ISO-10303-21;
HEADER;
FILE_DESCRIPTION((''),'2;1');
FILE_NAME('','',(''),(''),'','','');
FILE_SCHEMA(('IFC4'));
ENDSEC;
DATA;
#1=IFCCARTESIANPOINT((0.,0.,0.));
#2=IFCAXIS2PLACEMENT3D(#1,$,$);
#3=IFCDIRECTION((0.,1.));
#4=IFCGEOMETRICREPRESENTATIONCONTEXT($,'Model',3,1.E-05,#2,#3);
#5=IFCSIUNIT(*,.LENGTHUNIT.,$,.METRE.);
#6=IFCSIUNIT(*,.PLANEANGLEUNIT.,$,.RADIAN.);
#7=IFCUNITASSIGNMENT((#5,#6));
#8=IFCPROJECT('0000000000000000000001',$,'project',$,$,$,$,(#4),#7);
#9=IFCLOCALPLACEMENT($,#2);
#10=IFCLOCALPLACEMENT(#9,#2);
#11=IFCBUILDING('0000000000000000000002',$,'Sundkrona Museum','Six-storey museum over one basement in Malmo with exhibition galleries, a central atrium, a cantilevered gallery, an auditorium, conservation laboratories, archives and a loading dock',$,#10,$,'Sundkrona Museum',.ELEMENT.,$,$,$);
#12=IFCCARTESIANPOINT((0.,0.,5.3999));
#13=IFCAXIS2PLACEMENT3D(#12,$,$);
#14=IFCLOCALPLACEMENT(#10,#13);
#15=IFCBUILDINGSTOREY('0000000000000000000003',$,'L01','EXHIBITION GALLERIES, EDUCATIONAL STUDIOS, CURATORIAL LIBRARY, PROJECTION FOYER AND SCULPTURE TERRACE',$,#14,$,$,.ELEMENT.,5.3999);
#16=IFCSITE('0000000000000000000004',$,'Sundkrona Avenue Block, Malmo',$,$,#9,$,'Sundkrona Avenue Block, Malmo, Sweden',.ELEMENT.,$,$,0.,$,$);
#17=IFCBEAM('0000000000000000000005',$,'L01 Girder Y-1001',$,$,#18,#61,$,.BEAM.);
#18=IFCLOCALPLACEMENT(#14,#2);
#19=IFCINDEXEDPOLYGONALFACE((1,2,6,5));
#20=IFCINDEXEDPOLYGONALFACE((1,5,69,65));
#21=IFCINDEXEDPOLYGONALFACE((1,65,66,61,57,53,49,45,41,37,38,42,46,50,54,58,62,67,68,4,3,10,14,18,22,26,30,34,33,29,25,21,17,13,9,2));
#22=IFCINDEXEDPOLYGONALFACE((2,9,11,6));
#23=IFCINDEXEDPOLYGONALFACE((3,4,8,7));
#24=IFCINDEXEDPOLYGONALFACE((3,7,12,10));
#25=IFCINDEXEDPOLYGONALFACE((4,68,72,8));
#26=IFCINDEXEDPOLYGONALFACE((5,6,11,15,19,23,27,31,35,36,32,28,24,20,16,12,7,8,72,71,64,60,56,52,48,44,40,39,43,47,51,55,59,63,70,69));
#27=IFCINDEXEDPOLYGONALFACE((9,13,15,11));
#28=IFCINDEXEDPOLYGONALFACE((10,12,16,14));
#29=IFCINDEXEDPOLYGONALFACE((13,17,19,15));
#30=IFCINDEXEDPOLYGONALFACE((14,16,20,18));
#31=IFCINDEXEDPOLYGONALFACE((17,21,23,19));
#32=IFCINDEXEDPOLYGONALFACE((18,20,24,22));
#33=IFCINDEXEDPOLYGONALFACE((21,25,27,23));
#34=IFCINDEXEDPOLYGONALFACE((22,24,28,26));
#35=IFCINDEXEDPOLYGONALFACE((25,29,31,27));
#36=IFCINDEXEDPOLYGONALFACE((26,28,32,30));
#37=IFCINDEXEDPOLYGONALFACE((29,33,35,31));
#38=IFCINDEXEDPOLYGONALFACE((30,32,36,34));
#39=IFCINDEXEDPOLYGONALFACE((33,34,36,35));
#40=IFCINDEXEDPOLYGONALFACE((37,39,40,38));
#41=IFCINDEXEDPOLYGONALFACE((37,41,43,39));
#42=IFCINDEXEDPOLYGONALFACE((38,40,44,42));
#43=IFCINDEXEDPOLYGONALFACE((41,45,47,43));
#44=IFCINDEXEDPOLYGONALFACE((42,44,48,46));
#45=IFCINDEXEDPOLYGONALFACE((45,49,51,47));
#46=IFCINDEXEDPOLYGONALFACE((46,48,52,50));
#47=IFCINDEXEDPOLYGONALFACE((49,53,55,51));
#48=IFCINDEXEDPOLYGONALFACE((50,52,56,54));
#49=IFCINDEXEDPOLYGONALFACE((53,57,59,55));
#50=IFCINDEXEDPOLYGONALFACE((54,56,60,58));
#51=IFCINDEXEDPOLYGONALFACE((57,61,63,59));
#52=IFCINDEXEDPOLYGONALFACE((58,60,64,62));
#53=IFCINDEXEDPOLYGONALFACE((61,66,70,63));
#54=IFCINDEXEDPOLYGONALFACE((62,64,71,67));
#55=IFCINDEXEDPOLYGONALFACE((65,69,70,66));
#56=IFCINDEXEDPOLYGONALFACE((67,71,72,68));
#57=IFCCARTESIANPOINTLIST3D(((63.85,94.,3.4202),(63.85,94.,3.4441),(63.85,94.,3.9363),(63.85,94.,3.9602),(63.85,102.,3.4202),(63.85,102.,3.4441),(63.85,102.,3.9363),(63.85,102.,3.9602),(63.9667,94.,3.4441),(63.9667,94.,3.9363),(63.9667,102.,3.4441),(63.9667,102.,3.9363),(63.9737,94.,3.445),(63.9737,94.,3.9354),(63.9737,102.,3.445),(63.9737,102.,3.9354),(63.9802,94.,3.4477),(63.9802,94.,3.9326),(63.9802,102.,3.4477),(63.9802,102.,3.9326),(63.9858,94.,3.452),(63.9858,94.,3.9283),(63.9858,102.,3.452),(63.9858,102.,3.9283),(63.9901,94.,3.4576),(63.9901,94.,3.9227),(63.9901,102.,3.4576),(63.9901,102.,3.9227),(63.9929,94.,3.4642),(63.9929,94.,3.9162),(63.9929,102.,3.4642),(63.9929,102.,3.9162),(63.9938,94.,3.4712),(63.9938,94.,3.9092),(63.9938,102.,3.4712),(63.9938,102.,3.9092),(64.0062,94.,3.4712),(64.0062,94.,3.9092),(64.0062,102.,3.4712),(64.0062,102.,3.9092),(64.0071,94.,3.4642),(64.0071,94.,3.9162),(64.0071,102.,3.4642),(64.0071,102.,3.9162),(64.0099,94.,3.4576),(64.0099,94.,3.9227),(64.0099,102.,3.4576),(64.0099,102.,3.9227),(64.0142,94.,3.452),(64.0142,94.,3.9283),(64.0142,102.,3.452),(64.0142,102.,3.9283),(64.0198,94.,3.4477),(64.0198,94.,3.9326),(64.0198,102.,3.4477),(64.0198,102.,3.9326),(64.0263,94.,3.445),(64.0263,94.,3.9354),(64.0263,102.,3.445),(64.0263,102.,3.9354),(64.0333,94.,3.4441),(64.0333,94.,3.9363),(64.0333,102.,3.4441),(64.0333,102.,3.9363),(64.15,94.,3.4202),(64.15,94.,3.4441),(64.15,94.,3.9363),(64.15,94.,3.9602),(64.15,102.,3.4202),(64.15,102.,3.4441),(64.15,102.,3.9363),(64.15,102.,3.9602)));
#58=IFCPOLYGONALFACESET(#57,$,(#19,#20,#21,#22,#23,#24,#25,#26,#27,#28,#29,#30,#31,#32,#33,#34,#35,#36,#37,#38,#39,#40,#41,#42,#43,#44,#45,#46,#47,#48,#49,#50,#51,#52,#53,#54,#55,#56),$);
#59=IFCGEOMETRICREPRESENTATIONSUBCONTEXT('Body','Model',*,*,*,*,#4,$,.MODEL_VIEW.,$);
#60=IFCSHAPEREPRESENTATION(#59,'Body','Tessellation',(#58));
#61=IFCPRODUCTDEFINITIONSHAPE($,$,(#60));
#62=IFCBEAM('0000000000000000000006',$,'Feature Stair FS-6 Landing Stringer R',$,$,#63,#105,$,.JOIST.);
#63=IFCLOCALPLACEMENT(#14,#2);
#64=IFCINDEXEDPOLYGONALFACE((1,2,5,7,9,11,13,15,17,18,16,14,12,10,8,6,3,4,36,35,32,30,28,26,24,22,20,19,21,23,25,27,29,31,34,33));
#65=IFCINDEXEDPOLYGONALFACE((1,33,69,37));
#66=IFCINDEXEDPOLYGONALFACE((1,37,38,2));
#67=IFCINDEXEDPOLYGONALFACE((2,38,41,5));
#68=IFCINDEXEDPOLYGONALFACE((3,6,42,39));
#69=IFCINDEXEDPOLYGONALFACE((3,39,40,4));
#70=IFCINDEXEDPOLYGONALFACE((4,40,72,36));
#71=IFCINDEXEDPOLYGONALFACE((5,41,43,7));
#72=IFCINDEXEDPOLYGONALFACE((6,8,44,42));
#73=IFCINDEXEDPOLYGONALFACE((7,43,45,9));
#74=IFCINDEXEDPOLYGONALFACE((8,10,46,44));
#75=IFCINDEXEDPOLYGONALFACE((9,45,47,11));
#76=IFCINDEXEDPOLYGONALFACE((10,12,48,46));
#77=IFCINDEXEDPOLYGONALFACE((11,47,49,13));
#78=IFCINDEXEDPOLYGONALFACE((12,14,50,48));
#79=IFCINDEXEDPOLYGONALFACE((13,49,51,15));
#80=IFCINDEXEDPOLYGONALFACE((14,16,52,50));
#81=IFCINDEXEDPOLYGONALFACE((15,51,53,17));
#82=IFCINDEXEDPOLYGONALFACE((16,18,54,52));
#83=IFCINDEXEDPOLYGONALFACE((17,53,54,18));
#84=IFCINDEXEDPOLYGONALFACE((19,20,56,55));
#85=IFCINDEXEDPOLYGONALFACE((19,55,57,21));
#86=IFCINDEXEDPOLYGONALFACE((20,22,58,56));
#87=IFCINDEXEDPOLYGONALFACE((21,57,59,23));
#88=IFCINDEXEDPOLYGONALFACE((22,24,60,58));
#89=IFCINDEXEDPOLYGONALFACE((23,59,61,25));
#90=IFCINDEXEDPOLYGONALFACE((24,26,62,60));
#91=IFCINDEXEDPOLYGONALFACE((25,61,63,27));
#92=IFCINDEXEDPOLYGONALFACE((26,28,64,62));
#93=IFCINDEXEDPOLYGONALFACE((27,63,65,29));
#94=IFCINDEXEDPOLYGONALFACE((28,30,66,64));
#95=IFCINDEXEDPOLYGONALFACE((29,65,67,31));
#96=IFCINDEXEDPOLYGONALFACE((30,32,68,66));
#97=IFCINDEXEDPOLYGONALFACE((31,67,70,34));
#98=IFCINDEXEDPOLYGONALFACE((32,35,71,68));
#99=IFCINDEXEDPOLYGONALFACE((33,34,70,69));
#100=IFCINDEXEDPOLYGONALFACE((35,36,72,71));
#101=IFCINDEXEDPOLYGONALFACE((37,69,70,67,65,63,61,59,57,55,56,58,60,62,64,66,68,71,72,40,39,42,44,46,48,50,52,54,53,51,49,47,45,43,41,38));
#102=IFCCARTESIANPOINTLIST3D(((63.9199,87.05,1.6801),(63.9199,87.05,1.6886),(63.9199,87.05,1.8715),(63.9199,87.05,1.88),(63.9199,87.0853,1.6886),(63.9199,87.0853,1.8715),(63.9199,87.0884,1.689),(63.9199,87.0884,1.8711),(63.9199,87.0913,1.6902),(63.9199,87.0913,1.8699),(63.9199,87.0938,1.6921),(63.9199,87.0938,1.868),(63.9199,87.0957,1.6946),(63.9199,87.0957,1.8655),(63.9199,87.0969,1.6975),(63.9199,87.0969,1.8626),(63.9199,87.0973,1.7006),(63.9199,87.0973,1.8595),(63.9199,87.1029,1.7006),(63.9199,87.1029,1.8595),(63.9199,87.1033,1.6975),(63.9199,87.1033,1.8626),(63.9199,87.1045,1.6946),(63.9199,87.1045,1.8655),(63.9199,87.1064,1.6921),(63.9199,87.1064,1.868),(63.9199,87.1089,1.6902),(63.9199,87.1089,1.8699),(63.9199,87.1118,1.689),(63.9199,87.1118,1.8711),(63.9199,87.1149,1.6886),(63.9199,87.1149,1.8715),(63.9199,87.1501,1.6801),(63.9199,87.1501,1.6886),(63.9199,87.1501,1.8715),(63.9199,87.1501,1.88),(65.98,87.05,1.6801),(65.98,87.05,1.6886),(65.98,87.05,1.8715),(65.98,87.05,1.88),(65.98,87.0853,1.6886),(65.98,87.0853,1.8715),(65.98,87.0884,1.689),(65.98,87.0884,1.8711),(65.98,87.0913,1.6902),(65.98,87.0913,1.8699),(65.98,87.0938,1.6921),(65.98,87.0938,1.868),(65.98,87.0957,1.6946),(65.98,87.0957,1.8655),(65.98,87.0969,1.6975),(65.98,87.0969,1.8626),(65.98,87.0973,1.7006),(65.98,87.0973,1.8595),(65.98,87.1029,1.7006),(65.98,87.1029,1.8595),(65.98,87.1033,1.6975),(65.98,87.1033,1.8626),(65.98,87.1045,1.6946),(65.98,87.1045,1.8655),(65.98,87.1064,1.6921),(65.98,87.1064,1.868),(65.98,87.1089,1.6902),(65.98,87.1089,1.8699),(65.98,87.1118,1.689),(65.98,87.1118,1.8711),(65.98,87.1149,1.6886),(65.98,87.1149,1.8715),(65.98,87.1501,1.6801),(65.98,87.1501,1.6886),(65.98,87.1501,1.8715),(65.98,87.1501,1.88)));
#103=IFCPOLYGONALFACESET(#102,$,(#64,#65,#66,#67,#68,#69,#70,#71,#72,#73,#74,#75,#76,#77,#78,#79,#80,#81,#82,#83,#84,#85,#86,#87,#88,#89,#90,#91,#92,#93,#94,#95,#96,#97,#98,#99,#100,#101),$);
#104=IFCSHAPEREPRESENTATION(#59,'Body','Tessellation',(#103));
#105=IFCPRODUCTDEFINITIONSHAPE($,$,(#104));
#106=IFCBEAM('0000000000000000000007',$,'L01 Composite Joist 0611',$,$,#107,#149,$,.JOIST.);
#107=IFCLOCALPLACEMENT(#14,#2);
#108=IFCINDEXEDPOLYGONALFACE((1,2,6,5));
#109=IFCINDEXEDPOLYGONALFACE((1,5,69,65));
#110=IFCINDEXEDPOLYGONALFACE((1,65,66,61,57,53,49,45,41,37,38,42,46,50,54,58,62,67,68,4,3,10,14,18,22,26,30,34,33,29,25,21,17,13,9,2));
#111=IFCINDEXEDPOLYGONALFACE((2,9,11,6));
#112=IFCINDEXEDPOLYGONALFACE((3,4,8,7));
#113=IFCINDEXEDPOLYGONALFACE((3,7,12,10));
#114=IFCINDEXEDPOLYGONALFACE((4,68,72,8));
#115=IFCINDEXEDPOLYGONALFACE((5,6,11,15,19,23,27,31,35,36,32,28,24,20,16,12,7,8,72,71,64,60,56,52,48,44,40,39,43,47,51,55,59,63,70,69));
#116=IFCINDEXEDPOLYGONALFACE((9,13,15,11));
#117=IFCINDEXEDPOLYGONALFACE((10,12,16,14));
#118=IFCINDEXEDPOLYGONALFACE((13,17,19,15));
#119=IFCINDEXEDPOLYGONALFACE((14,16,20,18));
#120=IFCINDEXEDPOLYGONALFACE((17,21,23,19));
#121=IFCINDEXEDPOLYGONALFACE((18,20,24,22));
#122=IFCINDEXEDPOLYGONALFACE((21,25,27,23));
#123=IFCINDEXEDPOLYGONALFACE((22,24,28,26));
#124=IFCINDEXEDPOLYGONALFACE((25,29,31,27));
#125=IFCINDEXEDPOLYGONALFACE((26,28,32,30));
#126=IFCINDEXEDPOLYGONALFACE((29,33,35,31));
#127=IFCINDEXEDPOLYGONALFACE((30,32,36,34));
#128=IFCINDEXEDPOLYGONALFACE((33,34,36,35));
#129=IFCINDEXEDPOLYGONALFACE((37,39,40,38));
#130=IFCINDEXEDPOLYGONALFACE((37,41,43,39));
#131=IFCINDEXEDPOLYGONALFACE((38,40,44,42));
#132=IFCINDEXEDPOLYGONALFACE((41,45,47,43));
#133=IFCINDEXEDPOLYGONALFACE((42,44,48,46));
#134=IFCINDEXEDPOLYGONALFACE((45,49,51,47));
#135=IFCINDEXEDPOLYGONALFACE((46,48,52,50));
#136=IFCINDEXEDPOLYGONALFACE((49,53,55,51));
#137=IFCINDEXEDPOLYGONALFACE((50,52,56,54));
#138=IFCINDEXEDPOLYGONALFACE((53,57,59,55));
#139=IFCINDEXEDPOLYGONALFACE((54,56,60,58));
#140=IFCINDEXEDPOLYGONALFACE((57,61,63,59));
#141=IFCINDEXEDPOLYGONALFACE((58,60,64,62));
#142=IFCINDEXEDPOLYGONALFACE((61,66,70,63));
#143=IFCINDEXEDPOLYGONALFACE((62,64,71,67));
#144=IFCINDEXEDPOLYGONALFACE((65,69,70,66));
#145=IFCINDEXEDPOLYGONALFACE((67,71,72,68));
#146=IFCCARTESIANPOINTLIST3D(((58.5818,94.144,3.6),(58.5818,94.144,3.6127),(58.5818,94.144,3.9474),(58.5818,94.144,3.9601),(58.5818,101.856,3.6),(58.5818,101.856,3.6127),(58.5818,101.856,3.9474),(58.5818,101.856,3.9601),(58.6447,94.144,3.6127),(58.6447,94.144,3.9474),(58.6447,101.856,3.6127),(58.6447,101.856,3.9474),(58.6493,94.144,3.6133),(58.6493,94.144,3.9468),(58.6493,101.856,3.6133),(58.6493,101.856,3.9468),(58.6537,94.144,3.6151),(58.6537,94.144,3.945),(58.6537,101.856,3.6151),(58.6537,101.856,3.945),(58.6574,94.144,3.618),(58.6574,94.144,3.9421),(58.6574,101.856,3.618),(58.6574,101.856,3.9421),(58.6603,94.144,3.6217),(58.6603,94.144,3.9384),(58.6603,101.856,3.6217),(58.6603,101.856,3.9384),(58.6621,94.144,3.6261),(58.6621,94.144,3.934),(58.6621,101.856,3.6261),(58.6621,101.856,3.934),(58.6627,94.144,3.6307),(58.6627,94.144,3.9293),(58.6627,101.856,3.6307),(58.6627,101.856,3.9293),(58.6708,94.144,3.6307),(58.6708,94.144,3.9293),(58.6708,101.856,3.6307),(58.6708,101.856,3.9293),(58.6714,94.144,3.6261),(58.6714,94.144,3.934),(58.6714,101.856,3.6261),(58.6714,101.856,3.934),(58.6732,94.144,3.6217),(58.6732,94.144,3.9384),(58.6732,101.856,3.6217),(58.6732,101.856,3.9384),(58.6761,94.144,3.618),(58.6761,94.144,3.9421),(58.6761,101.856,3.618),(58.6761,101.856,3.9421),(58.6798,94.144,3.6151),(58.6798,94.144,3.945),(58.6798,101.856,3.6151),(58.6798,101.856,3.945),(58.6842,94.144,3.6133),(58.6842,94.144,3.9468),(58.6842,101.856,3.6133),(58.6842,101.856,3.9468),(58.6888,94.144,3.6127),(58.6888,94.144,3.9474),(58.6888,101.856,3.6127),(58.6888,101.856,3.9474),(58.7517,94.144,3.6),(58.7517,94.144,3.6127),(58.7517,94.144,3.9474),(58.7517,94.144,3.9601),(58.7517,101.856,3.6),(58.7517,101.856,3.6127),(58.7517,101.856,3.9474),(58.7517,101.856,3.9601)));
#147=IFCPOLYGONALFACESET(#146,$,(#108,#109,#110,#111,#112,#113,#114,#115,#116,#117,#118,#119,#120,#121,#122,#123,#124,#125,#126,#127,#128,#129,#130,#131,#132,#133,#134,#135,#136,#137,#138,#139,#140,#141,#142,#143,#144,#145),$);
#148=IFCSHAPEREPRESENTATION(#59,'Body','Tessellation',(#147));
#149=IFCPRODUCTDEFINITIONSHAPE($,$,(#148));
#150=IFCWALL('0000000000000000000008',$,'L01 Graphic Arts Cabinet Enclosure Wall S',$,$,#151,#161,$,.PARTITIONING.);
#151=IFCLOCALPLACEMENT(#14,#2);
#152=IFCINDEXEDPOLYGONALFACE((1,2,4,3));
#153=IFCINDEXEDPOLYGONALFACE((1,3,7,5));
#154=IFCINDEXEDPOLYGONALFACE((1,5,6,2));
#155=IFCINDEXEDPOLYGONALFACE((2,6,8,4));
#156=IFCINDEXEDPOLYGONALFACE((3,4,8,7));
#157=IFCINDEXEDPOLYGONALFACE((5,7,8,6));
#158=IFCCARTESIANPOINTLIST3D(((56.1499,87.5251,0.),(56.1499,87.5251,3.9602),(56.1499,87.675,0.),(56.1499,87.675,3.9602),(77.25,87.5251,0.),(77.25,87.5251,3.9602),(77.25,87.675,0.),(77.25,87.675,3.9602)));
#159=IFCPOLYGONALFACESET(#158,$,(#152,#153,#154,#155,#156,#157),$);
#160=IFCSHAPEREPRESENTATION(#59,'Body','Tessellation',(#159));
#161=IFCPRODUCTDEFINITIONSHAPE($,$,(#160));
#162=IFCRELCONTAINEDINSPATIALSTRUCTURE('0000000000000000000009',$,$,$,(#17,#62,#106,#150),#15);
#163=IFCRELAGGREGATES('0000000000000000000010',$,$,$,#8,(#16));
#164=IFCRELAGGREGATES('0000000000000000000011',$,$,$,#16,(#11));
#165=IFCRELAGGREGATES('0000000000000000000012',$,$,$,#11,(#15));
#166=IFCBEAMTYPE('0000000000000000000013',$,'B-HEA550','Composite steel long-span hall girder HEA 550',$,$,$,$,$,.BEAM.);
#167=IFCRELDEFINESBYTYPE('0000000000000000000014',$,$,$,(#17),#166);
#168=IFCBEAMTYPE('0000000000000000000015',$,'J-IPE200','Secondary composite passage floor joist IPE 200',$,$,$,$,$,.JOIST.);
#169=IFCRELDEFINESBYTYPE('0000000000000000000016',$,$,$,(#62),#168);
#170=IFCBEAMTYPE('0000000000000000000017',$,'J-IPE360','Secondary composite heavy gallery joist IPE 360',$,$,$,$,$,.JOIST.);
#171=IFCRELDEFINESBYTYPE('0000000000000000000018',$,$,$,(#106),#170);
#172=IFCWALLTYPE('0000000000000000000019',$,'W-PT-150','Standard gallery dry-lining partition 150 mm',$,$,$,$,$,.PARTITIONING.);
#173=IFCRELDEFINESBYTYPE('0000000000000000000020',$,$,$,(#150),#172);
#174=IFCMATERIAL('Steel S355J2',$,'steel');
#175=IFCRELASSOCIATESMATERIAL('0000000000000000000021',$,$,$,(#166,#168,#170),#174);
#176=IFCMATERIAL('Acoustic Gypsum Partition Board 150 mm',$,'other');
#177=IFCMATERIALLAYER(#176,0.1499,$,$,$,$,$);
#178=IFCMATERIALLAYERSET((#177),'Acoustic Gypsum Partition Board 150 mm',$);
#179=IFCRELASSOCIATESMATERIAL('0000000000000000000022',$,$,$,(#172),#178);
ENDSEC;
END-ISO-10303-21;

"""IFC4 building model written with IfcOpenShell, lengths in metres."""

from ifc_helpers import new_model, si_unit, direction, frame, frame_2d, origin, origin_2d, place, context, subcontext, project, spatial, rectangle, i_section, extrude, material, layer, layer_set, material_profile, profile_set, type_object, element, save


model = new_model("IFC4")

# Units and contexts
model_context = context("Model", 3, precision=1e-05, world=origin(), true_north=direction((0.0, 1.0)))
body_context = subcontext(model_context, "Body", "Model", "MODEL_VIEW")
ifc_project = project(units=[si_unit("LENGTHUNIT", "METRE"), si_unit("PLANEANGLEUNIT", "RADIAN")], contexts=[model_context])

# Site, building, storey
site_placement = place(None, origin())
site = spatial("IfcSite", under=ifc_project, at=site_placement, Name="Sundkrona Avenue Block, Malmo", LongName="Sundkrona Avenue Block, Malmo, Sweden", CompositionType="ELEMENT", RefElevation=0.0)
building_placement = place(site_placement, origin())
building = spatial("IfcBuilding", under=site, at=building_placement, Name="Sundkrona Museum", Description="Six-storey museum over one basement in Malmo with exhibition galleries, a central atrium, a cantilevered gallery, an auditorium, conservation laboratories, archives and a loading dock", LongName="Sundkrona Museum", CompositionType="ELEMENT")
storey_placement = place(building_placement, frame((0.0, 0.0, 5.3999)))
storey = spatial("IfcBuildingStorey", under=building, at=storey_placement, Name="L01", Description="EXHIBITION GALLERIES, EDUCATIONAL STUDIOS, CURATORIAL LIBRARY, PROJECTION FOYER AND SCULPTURE TERRACE", CompositionType="ELEMENT", Elevation=5.3999)

# Shared definitions
ifc_material_1 = material(Name="Steel S355J2", Category="steel")

# Beams
ifc_material_profile_1 = material_profile(ifc_material_1, i_section(OverallWidth=0.3, OverallDepth=0.54, WebThickness=0.0125, FlangeThickness=0.0239, FilletRadius=0.0271, at=origin_2d()), Name="HEA 550")
ifc_profile_set_1 = profile_set([ifc_material_profile_1], Name="Steel S355J2")
beam_type_1 = type_object("IfcBeamType", Name="B-HEA550", Description="Composite steel long-span hall girder HEA 550", PredefinedType="BEAM", material=ifc_profile_set_1)
for number, where, z_axis, x_axis, name in (
    (1, (64.0, 94.0, 3.6902), (0.0, 1.0, 0.0), (-1.0, 0.0, 0.0), "L01 Girder Y-1001"),
):
    element("IfcBeam", number, at=place(storey_placement, frame(where, z_axis=z_axis, x_axis=x_axis)), inside=storey, type_object=beam_type_1, Name=name, PredefinedType="BEAM", context=body_context, shape_type="SweptSolid", body=[
        extrude(i_section(OverallWidth=0.3, OverallDepth=0.54, WebThickness=0.0125, FlangeThickness=0.0239, FilletRadius=0.0271, at=origin_2d()), origin(), (0.0, 0.0, 1.0), 8.0),
    ])
ifc_material_profile_2 = material_profile(ifc_material_1, i_section(OverallWidth=0.1001, OverallDepth=0.2, WebThickness=0.0056, FlangeThickness=0.0085, FilletRadius=0.012, at=origin_2d()), Name="IPE 200")
ifc_profile_set_2 = profile_set([ifc_material_profile_2], Name="Steel S355J2")
beam_type_2 = type_object("IfcBeamType", Name="J-IPE200", Description="Secondary composite passage floor joist IPE 200", PredefinedType="JOIST", material=ifc_profile_set_2)
beam_1_placement = place(storey_placement, frame((63.9199, 87.1001, 1.78), z_axis=(1.0, 0.0, 0.0), x_axis=(0.0, 1.0, 0.0)))
element("IfcBeam", 2, at=beam_1_placement, inside=storey, type_object=beam_type_2, Name="Feature Stair FS-6 Landing Stringer R", PredefinedType="JOIST", context=body_context, shape_type="SweptSolid", body=[
    extrude(i_section(OverallWidth=0.1001, OverallDepth=0.2, WebThickness=0.0056, FlangeThickness=0.0085, FilletRadius=0.012, at=origin_2d()), origin(), (0.0, 0.0, 1.0), 2.0601),
])
ifc_material_profile_3 = material_profile(ifc_material_1, i_section(OverallWidth=0.1699, OverallDepth=0.3601, WebThickness=0.0081, FlangeThickness=0.0127, FilletRadius=0.0181, at=origin_2d()), Name="IPE 360")
ifc_profile_set_3 = profile_set([ifc_material_profile_3], Name="Steel S355J2")
beam_type_3 = type_object("IfcBeamType", Name="J-IPE360", Description="Secondary composite heavy gallery joist IPE 360", PredefinedType="JOIST", material=ifc_profile_set_3)
beam_2_placement = place(storey_placement, frame((58.6667, 94.144, 3.78), z_axis=(0.0, 1.0, 0.0), x_axis=(-1.0, 0.0, 0.0)))
element("IfcBeam", 3, at=beam_2_placement, inside=storey, type_object=beam_type_3, Name="L01 Composite Joist 0611", PredefinedType="JOIST", context=body_context, shape_type="SweptSolid", body=[
    extrude(i_section(OverallWidth=0.1699, OverallDepth=0.3601, WebThickness=0.0081, FlangeThickness=0.0127, FilletRadius=0.0181, at=origin_2d()), origin(), (0.0, 0.0, 1.0), 7.7119),
])

# Wall
ifc_material_2 = material(Name="Acoustic Gypsum Partition Board 150 mm", Category="other")
ifc_layer_1 = layer(ifc_material_2, 0.1499)
ifc_layer_set_1 = layer_set([ifc_layer_1], Name="Acoustic Gypsum Partition Board 150 mm")
wall_type = type_object("IfcWallType", Name="W-PT-150", Description="Standard gallery dry-lining partition 150 mm", PredefinedType="PARTITIONING", material=ifc_layer_set_1)
wall_placement = place(storey_placement, frame((56.1499, 87.6001, 0.0), z_axis=(0.0, 0.0, 1.0), x_axis=(1.0, 0.0, 0.0)))
element("IfcWall", 4, at=wall_placement, inside=storey, type_object=wall_type, Name="L01 Graphic Arts Cabinet Enclosure Wall S", PredefinedType="PARTITIONING", context=body_context, shape_type="SweptSolid", body=[
    extrude(rectangle(XDim=21.1001, YDim=0.1499, at=frame_2d((10.55, 0.0))), origin(), (0.0, 0.0, 1.0), 3.9602),
])

save(model, "model.ifc")
